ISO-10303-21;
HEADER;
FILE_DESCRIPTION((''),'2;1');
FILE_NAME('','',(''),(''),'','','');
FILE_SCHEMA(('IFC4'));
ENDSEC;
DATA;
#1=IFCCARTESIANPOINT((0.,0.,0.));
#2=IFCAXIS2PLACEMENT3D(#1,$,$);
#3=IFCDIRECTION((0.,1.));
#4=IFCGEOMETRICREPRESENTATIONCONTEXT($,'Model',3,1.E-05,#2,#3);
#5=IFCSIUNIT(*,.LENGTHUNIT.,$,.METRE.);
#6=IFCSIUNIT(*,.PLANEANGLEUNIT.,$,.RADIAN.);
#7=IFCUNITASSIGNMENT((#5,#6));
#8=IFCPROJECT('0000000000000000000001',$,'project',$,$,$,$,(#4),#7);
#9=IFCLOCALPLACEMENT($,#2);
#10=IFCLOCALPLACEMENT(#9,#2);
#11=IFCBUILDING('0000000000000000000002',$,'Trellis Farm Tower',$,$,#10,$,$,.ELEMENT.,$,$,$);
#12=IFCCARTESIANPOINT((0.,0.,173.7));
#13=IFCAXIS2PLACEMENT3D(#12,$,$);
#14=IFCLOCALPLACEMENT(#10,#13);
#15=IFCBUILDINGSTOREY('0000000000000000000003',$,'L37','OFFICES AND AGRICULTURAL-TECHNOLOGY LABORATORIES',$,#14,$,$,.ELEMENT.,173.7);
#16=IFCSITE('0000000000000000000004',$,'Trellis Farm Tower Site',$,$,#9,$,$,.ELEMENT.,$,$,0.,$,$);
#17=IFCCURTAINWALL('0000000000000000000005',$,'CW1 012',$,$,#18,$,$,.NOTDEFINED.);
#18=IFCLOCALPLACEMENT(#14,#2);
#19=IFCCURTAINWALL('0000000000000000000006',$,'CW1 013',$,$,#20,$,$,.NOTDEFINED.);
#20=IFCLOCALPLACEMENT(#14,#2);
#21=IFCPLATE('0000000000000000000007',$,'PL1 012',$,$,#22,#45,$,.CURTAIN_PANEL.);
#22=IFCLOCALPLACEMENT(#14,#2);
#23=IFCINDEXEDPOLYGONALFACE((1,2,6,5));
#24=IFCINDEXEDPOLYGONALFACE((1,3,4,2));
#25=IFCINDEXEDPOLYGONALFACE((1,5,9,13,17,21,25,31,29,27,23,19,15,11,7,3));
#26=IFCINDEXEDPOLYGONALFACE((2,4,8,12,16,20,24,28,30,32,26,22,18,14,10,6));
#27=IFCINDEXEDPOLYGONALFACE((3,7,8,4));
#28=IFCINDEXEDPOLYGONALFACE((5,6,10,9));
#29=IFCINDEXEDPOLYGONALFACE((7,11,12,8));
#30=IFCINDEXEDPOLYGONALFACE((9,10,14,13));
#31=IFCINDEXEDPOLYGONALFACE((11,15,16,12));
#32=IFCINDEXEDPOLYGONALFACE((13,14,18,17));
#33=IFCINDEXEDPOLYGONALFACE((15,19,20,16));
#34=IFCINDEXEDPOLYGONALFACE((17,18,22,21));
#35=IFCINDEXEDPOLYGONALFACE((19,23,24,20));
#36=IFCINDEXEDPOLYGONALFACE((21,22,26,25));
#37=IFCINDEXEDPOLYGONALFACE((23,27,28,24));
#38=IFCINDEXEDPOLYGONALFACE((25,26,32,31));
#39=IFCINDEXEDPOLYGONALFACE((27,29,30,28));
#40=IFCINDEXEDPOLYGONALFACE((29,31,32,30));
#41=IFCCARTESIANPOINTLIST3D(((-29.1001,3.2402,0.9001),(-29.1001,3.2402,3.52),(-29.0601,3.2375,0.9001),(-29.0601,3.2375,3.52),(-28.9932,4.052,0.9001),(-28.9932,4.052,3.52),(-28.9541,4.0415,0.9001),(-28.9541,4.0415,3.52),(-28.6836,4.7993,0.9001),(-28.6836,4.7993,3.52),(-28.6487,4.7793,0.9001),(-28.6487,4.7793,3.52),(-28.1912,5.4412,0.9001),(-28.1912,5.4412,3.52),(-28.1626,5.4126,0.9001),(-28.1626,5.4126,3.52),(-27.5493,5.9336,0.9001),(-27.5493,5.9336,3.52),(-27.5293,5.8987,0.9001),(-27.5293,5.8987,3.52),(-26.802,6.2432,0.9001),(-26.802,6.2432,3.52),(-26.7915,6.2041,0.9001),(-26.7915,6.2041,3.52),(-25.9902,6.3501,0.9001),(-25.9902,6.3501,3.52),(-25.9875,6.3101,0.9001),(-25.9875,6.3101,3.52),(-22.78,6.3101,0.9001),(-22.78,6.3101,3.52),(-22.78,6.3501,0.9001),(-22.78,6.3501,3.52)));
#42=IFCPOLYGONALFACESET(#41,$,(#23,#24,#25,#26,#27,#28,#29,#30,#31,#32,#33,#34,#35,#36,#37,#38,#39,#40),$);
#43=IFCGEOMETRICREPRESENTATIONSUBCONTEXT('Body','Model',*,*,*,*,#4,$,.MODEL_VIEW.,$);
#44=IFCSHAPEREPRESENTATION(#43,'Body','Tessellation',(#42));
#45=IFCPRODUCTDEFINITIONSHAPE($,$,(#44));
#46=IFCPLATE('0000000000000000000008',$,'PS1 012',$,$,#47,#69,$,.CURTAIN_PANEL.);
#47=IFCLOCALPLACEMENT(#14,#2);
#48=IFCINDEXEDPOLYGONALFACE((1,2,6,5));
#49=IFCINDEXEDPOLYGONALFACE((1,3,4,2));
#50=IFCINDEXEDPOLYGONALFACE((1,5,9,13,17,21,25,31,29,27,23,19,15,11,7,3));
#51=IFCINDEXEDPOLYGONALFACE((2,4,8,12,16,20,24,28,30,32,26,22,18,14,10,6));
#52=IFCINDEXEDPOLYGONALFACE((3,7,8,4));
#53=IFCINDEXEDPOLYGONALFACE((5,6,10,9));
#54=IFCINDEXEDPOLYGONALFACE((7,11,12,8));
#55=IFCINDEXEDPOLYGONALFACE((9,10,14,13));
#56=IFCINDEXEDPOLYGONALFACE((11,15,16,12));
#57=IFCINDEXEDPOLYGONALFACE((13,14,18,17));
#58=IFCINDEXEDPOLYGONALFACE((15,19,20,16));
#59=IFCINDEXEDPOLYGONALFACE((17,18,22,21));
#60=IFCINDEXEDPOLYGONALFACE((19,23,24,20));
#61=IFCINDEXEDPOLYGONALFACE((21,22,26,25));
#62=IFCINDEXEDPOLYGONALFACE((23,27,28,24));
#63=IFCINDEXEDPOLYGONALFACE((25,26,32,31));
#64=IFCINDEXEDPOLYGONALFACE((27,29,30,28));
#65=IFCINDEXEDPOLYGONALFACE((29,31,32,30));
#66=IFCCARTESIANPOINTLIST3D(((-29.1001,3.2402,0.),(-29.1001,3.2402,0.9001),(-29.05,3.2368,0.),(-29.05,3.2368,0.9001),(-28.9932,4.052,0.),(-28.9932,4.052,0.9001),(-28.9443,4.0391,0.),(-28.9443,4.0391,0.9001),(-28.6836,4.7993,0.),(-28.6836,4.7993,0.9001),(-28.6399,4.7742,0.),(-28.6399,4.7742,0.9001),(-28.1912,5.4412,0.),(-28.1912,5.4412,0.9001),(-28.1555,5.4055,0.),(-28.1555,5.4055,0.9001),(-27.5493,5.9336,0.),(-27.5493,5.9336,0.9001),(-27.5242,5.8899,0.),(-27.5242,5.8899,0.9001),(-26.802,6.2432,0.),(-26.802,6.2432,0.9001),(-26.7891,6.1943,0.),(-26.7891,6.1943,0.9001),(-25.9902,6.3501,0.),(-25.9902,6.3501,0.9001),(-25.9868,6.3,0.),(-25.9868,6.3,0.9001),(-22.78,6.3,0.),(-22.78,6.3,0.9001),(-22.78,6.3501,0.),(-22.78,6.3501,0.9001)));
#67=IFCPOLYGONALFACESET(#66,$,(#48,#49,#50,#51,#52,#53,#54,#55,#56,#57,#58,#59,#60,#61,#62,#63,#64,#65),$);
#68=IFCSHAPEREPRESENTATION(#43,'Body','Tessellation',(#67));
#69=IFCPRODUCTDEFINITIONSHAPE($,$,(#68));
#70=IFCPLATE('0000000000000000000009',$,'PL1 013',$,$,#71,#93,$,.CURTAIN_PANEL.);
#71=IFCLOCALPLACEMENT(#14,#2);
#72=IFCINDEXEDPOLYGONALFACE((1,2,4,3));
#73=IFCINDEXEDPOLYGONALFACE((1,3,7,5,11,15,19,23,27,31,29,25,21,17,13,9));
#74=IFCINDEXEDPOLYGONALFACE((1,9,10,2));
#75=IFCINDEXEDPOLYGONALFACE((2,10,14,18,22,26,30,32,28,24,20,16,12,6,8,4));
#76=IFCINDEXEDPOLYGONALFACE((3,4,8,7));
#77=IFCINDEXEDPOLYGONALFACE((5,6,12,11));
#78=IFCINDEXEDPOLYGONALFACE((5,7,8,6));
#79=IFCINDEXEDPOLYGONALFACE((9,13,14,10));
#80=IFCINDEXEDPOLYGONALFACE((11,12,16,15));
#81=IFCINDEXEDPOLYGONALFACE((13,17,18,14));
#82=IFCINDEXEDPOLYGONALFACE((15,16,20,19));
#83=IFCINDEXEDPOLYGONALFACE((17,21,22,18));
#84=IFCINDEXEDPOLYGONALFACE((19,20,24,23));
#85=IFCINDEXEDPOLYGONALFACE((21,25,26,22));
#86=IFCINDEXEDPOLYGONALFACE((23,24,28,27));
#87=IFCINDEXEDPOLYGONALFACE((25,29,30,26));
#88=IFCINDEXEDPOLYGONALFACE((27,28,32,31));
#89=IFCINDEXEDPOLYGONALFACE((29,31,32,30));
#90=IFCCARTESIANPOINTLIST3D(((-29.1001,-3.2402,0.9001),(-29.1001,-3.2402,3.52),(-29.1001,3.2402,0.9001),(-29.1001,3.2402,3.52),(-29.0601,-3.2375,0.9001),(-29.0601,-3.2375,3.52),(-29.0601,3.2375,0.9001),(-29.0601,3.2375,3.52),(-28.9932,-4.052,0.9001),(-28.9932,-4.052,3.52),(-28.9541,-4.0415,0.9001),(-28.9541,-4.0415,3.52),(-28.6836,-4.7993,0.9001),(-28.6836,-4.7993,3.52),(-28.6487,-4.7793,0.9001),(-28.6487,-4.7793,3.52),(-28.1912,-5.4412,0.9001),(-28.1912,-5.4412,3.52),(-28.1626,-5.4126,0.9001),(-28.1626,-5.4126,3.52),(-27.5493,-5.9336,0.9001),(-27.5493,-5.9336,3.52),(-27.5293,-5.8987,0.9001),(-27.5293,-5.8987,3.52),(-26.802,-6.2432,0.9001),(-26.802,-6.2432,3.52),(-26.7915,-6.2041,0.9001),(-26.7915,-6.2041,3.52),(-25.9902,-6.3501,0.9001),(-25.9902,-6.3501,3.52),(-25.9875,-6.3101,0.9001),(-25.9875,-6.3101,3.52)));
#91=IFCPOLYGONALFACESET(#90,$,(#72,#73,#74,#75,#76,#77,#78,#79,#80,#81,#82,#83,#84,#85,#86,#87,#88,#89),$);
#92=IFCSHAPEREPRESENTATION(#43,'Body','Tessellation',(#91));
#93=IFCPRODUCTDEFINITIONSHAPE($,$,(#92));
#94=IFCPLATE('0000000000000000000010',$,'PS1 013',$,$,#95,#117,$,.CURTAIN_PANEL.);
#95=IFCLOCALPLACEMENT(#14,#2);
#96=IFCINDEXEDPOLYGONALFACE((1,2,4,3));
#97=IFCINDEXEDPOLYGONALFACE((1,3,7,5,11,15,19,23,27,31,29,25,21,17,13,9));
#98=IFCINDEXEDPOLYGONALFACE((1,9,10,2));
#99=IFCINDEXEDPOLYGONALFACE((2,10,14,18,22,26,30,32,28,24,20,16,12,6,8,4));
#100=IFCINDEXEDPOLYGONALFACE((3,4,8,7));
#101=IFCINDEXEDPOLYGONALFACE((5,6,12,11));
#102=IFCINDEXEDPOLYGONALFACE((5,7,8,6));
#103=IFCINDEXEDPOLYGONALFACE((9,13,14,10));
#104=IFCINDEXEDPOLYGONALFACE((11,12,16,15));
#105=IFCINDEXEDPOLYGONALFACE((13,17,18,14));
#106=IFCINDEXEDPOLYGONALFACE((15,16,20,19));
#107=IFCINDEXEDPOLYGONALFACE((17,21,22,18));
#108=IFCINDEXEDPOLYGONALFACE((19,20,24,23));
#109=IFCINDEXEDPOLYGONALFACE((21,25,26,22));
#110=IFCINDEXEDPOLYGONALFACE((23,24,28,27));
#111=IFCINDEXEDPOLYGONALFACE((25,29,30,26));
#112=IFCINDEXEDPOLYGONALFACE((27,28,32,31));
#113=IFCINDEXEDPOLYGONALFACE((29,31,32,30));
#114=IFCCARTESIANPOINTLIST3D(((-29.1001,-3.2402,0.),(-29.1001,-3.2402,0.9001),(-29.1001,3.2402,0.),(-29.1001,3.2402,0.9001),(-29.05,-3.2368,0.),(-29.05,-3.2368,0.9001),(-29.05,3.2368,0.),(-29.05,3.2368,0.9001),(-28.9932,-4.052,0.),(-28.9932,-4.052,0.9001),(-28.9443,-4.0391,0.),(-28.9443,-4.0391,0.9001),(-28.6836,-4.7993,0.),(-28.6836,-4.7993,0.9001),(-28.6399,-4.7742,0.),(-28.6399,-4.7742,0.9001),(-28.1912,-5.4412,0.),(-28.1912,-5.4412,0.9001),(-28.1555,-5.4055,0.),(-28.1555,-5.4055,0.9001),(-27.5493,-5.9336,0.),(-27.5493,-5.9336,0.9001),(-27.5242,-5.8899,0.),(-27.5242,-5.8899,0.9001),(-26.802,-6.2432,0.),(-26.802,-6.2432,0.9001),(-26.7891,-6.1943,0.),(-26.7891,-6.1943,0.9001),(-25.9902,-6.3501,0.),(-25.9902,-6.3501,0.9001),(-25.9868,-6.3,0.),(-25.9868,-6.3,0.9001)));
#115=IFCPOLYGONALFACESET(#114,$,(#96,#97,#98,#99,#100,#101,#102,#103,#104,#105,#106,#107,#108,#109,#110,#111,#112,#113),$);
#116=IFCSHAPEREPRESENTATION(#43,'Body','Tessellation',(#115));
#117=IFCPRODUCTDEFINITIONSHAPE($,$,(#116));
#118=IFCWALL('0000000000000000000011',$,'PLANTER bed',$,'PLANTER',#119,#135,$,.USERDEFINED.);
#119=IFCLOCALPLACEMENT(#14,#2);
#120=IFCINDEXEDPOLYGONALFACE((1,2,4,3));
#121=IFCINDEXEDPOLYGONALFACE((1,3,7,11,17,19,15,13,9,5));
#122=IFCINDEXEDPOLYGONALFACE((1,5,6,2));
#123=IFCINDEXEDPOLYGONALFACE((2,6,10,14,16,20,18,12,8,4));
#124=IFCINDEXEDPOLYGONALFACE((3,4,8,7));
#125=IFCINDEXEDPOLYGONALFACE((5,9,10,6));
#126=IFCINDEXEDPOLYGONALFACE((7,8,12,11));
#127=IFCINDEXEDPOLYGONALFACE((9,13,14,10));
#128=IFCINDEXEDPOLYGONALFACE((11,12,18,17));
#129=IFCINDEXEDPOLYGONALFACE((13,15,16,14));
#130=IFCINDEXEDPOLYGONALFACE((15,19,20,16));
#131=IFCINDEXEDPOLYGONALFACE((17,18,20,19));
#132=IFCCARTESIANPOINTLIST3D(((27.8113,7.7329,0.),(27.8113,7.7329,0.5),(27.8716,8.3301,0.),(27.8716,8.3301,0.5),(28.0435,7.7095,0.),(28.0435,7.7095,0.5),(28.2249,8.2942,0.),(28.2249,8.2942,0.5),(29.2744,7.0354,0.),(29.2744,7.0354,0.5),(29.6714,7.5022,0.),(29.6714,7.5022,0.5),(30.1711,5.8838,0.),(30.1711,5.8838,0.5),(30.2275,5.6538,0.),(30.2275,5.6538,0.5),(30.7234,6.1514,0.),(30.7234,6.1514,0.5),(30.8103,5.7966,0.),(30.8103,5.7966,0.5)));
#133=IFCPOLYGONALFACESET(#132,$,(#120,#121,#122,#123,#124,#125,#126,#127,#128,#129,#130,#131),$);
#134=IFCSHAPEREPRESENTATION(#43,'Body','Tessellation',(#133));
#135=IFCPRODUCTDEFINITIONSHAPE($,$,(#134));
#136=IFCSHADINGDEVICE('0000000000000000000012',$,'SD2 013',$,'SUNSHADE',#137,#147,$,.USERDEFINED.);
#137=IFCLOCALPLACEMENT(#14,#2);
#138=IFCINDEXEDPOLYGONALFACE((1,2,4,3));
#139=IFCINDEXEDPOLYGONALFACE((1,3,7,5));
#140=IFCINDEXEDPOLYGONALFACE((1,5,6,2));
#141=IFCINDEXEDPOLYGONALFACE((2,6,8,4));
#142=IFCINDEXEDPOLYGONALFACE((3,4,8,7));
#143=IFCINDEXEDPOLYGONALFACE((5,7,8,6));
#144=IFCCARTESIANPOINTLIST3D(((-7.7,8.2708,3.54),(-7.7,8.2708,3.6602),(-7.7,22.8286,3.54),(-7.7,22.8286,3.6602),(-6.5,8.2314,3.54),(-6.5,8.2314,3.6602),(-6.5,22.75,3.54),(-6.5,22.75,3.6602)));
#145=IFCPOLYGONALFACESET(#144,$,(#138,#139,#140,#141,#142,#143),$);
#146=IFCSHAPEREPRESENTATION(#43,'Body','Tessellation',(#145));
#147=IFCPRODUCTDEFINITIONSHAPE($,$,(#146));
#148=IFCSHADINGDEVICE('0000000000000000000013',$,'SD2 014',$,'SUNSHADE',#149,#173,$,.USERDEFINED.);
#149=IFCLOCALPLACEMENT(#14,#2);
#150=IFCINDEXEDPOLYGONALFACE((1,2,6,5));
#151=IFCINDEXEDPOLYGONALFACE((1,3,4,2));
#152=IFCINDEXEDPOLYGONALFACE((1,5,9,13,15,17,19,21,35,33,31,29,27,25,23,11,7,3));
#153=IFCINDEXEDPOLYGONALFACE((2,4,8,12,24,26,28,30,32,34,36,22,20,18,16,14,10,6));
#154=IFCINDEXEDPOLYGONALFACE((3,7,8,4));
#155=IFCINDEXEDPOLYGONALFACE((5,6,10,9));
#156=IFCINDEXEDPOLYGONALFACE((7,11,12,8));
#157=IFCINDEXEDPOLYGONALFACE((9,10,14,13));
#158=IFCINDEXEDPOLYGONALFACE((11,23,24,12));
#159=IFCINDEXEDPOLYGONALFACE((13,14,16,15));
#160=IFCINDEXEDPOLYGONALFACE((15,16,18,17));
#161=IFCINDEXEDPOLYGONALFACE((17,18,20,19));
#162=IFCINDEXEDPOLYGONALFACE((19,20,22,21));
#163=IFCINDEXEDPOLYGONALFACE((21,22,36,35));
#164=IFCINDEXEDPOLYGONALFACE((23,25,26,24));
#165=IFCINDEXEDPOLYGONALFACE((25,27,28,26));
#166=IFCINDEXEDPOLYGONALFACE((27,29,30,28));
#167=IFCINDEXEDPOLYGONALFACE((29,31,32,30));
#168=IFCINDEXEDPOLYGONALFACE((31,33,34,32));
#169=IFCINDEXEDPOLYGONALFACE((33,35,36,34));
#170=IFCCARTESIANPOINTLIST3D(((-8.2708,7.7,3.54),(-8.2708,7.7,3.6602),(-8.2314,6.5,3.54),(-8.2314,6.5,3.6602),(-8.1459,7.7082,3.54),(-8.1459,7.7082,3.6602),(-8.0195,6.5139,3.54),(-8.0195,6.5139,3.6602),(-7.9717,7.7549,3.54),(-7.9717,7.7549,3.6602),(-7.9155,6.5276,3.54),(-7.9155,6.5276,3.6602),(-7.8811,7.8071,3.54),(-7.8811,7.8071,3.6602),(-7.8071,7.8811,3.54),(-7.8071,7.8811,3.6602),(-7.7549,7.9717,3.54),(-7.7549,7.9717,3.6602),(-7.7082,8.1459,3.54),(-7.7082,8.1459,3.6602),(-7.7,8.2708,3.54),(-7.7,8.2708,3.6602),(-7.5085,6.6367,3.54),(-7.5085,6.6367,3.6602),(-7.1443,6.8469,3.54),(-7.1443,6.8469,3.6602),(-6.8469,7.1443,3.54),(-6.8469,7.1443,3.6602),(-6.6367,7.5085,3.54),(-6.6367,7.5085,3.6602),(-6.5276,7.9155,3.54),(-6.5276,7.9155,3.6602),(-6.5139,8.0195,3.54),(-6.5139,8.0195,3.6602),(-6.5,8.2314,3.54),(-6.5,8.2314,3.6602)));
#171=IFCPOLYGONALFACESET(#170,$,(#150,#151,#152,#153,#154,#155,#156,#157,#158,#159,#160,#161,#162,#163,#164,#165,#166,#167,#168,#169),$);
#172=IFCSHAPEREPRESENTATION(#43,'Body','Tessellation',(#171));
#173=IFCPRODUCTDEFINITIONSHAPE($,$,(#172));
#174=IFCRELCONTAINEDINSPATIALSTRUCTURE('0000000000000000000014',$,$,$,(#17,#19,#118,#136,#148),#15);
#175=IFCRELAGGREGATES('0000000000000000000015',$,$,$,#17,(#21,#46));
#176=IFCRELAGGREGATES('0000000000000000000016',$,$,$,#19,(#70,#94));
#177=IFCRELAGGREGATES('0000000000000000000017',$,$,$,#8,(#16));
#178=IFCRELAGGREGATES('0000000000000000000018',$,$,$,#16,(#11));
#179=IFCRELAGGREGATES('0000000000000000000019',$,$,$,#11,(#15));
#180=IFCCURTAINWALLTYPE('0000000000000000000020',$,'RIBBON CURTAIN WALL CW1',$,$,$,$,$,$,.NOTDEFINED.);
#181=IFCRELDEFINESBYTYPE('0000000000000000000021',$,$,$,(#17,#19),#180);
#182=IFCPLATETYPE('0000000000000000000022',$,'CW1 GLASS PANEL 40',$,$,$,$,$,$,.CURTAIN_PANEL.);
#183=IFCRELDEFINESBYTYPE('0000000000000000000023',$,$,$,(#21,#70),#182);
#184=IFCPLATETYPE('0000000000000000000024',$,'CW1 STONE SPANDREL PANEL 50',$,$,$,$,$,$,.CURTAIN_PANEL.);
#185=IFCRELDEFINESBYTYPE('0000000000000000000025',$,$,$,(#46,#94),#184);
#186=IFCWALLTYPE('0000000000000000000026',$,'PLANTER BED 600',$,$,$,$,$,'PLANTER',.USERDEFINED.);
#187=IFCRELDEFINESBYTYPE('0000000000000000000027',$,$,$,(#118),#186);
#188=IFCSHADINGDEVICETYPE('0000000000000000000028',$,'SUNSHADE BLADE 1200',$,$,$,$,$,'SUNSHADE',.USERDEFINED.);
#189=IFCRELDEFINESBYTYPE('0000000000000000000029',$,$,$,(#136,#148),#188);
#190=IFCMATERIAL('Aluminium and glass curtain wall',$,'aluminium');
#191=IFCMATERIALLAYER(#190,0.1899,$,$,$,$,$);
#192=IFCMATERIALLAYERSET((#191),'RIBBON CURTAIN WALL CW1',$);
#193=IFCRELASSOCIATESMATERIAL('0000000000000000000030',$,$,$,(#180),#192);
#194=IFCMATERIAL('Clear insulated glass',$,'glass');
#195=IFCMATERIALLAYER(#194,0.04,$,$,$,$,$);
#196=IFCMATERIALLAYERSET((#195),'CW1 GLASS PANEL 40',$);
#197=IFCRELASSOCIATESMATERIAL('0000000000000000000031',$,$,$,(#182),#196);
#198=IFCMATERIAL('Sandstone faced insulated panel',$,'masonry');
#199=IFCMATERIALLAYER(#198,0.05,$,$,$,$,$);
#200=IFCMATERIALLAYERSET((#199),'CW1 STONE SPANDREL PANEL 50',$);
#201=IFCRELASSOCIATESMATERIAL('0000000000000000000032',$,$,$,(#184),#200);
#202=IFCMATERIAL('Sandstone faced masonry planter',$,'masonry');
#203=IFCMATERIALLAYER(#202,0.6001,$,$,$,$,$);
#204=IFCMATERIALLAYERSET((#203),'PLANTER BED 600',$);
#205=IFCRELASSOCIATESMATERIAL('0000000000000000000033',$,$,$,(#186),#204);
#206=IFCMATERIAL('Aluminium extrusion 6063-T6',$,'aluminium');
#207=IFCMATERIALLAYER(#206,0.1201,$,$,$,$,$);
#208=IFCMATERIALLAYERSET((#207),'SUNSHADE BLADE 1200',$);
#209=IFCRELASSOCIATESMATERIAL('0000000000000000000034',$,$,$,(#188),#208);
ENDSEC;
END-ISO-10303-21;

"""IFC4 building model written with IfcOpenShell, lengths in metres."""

from ifc_helpers import new_model, si_unit, direction, frame, origin, place, context, subcontext, project, spatial, polyline, outline, extrude, source, transform, mapped, material, layer, layer_set, type_object, element, aggregate, save


model = new_model("IFC4")

# Units and contexts
model_context = context("Model", 3, precision=1e-05, world=origin(), true_north=direction((0.0, 1.0)))
body_context = subcontext(model_context, "Body", "Model", "MODEL_VIEW")
ifc_project = project(units=[si_unit("LENGTHUNIT", "METRE"), si_unit("PLANEANGLEUNIT", "RADIAN")], contexts=[model_context])

# Site, building, storey
site_placement = place(None, origin())
site = spatial("IfcSite", under=ifc_project, at=site_placement, Name="Trellis Farm Tower Site", CompositionType="ELEMENT", RefElevation=0.0)
building_placement = place(site_placement, origin())
building = spatial("IfcBuilding", under=site, at=building_placement, Name="Trellis Farm Tower", CompositionType="ELEMENT")
storey_placement = place(building_placement, frame((0.0, 0.0, 173.7)))
storey = spatial("IfcBuildingStorey", under=building, at=storey_placement, Name="L37", Description="OFFICES AND AGRICULTURAL-TECHNOLOGY LABORATORIES", CompositionType="ELEMENT", Elevation=173.7)

# Curtain walls
ifc_material_1 = material(Name="Aluminium and glass curtain wall", Category="aluminium")
placement_1 = place(storey_placement, origin())
ifc_material_2 = material(Name="Aluminium extrusion 6063-T6", Category="aluminium")
ifc_layer_1 = layer(ifc_material_1, 0.1899)
ifc_layer_set_1 = layer_set([ifc_layer_1], Name="RIBBON CURTAIN WALL CW1")
curtain_wall_type_1 = type_object("IfcCurtainWallType", Name="RIBBON CURTAIN WALL CW1", PredefinedType="NOTDEFINED", material=ifc_layer_set_1)
curtain_wall_1 = element("IfcCurtainWall", 1, at=placement_1, inside=storey, type_object=curtain_wall_type_1, Name="CW1 012", PredefinedType="NOTDEFINED")
curtain_wall_2 = element("IfcCurtainWall", 2, at=placement_1, inside=storey, type_object=curtain_wall_type_1, Name="CW1 013", PredefinedType="NOTDEFINED")

# Plates
ifc_material_3 = material(Name="Clear insulated glass", Category="glass")
ifc_layer_2 = layer(ifc_material_3, 0.04)
ifc_layer_set_2 = layer_set([ifc_layer_2], Name="CW1 GLASS PANEL 40")
plate_type_1 = type_object("IfcPlateType", Name="CW1 GLASS PANEL 40", PredefinedType="CURTAIN_PANEL", material=ifc_layer_set_2)
placement_2 = place(storey_placement, frame((0.0, 0.0, 0.9001)))
ifc_material_4 = material(Name="Sandstone faced insulated panel", Category="masonry")
ifc_layer_3 = layer(ifc_material_4, 0.05)
ifc_layer_set_3 = layer_set([ifc_layer_3], Name="CW1 STONE SPANDREL PANEL 50")
plate_type_2 = type_object("IfcPlateType", Name="CW1 STONE SPANDREL PANEL 50", PredefinedType="CURTAIN_PANEL", material=ifc_layer_set_3)
shared_shape_1 = source(origin(), body_context, "Body", "SweptSolid", [
    extrude(outline(polyline([(-22.78, 6.3501), (-25.9902, 6.3501), (-26.802, 6.2432), (-27.5493, 5.9336), (-28.1912, 5.4412), (-28.6836, 4.7993), (-28.9932, 4.052), (-29.1001, 3.2402), (-29.0601, 3.2375), (-28.9541, 4.0415), (-28.6487, 4.7793), (-28.1626, 5.4126), (-27.5293, 5.8987), (-26.7915, 6.2041), (-25.9875, 6.3101), (-22.78, 6.3101), (-22.78, 6.3501)])), origin(), (0.0, 0.0, 1.0), 2.6199),
])
plate_1 = element("IfcPlate", 3, at=placement_2, type_object=plate_type_1, Name="PL1 012", PredefinedType="CURTAIN_PANEL", context=body_context, shape_type="MappedRepresentation", body=[
    mapped(shared_shape_1, transform((0.0, 0.0, 0.0))),
])
shared_shape_2 = source(origin(), body_context, "Body", "SweptSolid", [
    extrude(outline(polyline([(-22.78, 6.3501), (-25.9902, 6.3501), (-26.802, 6.2432), (-27.5493, 5.9336), (-28.1912, 5.4412), (-28.6836, 4.7993), (-28.9932, 4.052), (-29.1001, 3.2402), (-29.05, 3.2368), (-28.9443, 4.0391), (-28.6399, 4.7742), (-28.1555, 5.4055), (-27.5242, 5.8899), (-26.7891, 6.1943), (-25.9868, 6.3), (-22.78, 6.3), (-22.78, 6.3501)])), origin(), (0.0, 0.0, 1.0), 0.9001),
])
plate_2 = element("IfcPlate", 4, at=placement_1, type_object=plate_type_2, Name="PS1 012", PredefinedType="CURTAIN_PANEL", context=body_context, shape_type="MappedRepresentation", body=[
    mapped(shared_shape_2, transform((0.0, 0.0, 0.0))),
])
aggregate(curtain_wall_1, [plate_1, plate_2])
shared_shape_3 = source(origin(), body_context, "Body", "SweptSolid", [
    extrude(outline(polyline([(-29.1001, 3.2402), (-29.1001, -3.2402), (-28.9932, -4.052), (-28.6836, -4.7993), (-28.1912, -5.4412), (-27.5493, -5.9336), (-26.802, -6.2432), (-25.9902, -6.3501), (-25.9875, -6.3101), (-26.7915, -6.2041), (-27.5293, -5.8987), (-28.1626, -5.4126), (-28.6487, -4.7793), (-28.9541, -4.0415), (-29.0601, -3.2375), (-29.0601, 3.2375), (-29.1001, 3.2402)])), origin(), (0.0, 0.0, 1.0), 2.6199),
])
plate_3 = element("IfcPlate", 5, at=placement_2, type_object=plate_type_1, Name="PL1 013", PredefinedType="CURTAIN_PANEL", context=body_context, shape_type="MappedRepresentation", body=[
    mapped(shared_shape_3, transform((0.0, 0.0, 0.0))),
])
shared_shape_4 = source(origin(), body_context, "Body", "SweptSolid", [
    extrude(outline(polyline([(-29.1001, 3.2402), (-29.1001, -3.2402), (-28.9932, -4.052), (-28.6836, -4.7993), (-28.1912, -5.4412), (-27.5493, -5.9336), (-26.802, -6.2432), (-25.9902, -6.3501), (-25.9868, -6.3), (-26.7891, -6.1943), (-27.5242, -5.8899), (-28.1555, -5.4055), (-28.6399, -4.7742), (-28.9443, -4.0391), (-29.05, -3.2368), (-29.05, 3.2368), (-29.1001, 3.2402)])), origin(), (0.0, 0.0, 1.0), 0.9001),
])
plate_4 = element("IfcPlate", 6, at=placement_1, type_object=plate_type_2, Name="PS1 013", PredefinedType="CURTAIN_PANEL", context=body_context, shape_type="MappedRepresentation", body=[
    mapped(shared_shape_4, transform((0.0, 0.0, 0.0))),
])
aggregate(curtain_wall_2, [plate_3, plate_4])

# Wall
ifc_material_5 = material(Name="Sandstone faced masonry planter", Category="masonry")
ifc_layer_4 = layer(ifc_material_5, 0.6001)
ifc_layer_set_4 = layer_set([ifc_layer_4], Name="PLANTER BED 600")
wall_type = type_object("IfcWallType", Name="PLANTER BED 600", ElementType="PLANTER", PredefinedType="USERDEFINED", material=ifc_layer_set_4)
element("IfcWall", 7, at=placement_1, inside=storey, type_object=wall_type, Name="PLANTER bed", ObjectType="PLANTER", PredefinedType="USERDEFINED", context=body_context, shape_type="SweptSolid", body=[
    extrude(outline(polyline([(28.2249, 8.2942), (29.6714, 7.5022), (30.7234, 6.1514), (30.8103, 5.7966), (30.2275, 5.6538), (30.1711, 5.8838), (29.2744, 7.0354), (28.0435, 7.7095), (27.8113, 7.7329), (27.8716, 8.3301), (28.2249, 8.2942)])), origin(), (0.0, 0.0, 1.0), 0.5),
])

# Shading devices
ifc_layer_5 = layer(ifc_material_2, 0.1201)
ifc_layer_set_5 = layer_set([ifc_layer_5], Name="SUNSHADE BLADE 1200")
shading_device_type_1 = type_object("IfcShadingDeviceType", Name="SUNSHADE BLADE 1200", ElementType="SUNSHADE", PredefinedType="USERDEFINED", material=ifc_layer_set_5)
shared_shape_5 = source(origin(), body_context, "Body", "SweptSolid", [
    extrude(outline(polyline([(-7.7, 22.8286), (-7.7, 8.2708), (-6.5, 8.2314), (-6.5, 22.75), (-7.7, 22.8286)])), origin(), (0.0, 0.0, 1.0), 0.1201),
])
placement_3 = place(storey_placement, frame((0.0, 0.0, 3.54)))
element("IfcShadingDevice", 8, at=placement_3, inside=storey, type_object=shading_device_type_1, Name="SD2 013", ObjectType="SUNSHADE", PredefinedType="USERDEFINED", context=body_context, shape_type="MappedRepresentation", body=[
    mapped(shared_shape_5, transform((0.0, 0.0, 0.0))),
])
shared_shape_6 = source(origin(), body_context, "Body", "SweptSolid", [
    extrude(outline(polyline([(-7.7, 8.2708), (-7.7087, 8.1372), (-7.707, 8.1501), (-7.7549, 7.9717), (-7.8071, 7.8811), (-7.8811, 7.8071), (-7.9717, 7.7549), (-8.1501, 7.707), (-8.1372, 7.7087), (-8.2708, 7.7), (-8.2314, 6.5), (-8.0195, 6.5139), (-7.9155, 6.5276), (-7.5085, 6.6367), (-7.1443, 6.8469), (-6.8469, 7.1443), (-6.6367, 7.5085), (-6.5276, 7.9155), (-6.5139, 8.0195), (-6.5, 8.2314), (-7.7, 8.2708)])), origin(), (0.0, 0.0, 1.0), 0.1201),
])
element("IfcShadingDevice", 9, at=placement_3, inside=storey, type_object=shading_device_type_1, Name="SD2 014", ObjectType="SUNSHADE", PredefinedType="USERDEFINED", context=body_context, shape_type="MappedRepresentation", body=[
    mapped(shared_shape_6, transform((0.0, 0.0, 0.0))),
])

save(model, "model.ifc")
